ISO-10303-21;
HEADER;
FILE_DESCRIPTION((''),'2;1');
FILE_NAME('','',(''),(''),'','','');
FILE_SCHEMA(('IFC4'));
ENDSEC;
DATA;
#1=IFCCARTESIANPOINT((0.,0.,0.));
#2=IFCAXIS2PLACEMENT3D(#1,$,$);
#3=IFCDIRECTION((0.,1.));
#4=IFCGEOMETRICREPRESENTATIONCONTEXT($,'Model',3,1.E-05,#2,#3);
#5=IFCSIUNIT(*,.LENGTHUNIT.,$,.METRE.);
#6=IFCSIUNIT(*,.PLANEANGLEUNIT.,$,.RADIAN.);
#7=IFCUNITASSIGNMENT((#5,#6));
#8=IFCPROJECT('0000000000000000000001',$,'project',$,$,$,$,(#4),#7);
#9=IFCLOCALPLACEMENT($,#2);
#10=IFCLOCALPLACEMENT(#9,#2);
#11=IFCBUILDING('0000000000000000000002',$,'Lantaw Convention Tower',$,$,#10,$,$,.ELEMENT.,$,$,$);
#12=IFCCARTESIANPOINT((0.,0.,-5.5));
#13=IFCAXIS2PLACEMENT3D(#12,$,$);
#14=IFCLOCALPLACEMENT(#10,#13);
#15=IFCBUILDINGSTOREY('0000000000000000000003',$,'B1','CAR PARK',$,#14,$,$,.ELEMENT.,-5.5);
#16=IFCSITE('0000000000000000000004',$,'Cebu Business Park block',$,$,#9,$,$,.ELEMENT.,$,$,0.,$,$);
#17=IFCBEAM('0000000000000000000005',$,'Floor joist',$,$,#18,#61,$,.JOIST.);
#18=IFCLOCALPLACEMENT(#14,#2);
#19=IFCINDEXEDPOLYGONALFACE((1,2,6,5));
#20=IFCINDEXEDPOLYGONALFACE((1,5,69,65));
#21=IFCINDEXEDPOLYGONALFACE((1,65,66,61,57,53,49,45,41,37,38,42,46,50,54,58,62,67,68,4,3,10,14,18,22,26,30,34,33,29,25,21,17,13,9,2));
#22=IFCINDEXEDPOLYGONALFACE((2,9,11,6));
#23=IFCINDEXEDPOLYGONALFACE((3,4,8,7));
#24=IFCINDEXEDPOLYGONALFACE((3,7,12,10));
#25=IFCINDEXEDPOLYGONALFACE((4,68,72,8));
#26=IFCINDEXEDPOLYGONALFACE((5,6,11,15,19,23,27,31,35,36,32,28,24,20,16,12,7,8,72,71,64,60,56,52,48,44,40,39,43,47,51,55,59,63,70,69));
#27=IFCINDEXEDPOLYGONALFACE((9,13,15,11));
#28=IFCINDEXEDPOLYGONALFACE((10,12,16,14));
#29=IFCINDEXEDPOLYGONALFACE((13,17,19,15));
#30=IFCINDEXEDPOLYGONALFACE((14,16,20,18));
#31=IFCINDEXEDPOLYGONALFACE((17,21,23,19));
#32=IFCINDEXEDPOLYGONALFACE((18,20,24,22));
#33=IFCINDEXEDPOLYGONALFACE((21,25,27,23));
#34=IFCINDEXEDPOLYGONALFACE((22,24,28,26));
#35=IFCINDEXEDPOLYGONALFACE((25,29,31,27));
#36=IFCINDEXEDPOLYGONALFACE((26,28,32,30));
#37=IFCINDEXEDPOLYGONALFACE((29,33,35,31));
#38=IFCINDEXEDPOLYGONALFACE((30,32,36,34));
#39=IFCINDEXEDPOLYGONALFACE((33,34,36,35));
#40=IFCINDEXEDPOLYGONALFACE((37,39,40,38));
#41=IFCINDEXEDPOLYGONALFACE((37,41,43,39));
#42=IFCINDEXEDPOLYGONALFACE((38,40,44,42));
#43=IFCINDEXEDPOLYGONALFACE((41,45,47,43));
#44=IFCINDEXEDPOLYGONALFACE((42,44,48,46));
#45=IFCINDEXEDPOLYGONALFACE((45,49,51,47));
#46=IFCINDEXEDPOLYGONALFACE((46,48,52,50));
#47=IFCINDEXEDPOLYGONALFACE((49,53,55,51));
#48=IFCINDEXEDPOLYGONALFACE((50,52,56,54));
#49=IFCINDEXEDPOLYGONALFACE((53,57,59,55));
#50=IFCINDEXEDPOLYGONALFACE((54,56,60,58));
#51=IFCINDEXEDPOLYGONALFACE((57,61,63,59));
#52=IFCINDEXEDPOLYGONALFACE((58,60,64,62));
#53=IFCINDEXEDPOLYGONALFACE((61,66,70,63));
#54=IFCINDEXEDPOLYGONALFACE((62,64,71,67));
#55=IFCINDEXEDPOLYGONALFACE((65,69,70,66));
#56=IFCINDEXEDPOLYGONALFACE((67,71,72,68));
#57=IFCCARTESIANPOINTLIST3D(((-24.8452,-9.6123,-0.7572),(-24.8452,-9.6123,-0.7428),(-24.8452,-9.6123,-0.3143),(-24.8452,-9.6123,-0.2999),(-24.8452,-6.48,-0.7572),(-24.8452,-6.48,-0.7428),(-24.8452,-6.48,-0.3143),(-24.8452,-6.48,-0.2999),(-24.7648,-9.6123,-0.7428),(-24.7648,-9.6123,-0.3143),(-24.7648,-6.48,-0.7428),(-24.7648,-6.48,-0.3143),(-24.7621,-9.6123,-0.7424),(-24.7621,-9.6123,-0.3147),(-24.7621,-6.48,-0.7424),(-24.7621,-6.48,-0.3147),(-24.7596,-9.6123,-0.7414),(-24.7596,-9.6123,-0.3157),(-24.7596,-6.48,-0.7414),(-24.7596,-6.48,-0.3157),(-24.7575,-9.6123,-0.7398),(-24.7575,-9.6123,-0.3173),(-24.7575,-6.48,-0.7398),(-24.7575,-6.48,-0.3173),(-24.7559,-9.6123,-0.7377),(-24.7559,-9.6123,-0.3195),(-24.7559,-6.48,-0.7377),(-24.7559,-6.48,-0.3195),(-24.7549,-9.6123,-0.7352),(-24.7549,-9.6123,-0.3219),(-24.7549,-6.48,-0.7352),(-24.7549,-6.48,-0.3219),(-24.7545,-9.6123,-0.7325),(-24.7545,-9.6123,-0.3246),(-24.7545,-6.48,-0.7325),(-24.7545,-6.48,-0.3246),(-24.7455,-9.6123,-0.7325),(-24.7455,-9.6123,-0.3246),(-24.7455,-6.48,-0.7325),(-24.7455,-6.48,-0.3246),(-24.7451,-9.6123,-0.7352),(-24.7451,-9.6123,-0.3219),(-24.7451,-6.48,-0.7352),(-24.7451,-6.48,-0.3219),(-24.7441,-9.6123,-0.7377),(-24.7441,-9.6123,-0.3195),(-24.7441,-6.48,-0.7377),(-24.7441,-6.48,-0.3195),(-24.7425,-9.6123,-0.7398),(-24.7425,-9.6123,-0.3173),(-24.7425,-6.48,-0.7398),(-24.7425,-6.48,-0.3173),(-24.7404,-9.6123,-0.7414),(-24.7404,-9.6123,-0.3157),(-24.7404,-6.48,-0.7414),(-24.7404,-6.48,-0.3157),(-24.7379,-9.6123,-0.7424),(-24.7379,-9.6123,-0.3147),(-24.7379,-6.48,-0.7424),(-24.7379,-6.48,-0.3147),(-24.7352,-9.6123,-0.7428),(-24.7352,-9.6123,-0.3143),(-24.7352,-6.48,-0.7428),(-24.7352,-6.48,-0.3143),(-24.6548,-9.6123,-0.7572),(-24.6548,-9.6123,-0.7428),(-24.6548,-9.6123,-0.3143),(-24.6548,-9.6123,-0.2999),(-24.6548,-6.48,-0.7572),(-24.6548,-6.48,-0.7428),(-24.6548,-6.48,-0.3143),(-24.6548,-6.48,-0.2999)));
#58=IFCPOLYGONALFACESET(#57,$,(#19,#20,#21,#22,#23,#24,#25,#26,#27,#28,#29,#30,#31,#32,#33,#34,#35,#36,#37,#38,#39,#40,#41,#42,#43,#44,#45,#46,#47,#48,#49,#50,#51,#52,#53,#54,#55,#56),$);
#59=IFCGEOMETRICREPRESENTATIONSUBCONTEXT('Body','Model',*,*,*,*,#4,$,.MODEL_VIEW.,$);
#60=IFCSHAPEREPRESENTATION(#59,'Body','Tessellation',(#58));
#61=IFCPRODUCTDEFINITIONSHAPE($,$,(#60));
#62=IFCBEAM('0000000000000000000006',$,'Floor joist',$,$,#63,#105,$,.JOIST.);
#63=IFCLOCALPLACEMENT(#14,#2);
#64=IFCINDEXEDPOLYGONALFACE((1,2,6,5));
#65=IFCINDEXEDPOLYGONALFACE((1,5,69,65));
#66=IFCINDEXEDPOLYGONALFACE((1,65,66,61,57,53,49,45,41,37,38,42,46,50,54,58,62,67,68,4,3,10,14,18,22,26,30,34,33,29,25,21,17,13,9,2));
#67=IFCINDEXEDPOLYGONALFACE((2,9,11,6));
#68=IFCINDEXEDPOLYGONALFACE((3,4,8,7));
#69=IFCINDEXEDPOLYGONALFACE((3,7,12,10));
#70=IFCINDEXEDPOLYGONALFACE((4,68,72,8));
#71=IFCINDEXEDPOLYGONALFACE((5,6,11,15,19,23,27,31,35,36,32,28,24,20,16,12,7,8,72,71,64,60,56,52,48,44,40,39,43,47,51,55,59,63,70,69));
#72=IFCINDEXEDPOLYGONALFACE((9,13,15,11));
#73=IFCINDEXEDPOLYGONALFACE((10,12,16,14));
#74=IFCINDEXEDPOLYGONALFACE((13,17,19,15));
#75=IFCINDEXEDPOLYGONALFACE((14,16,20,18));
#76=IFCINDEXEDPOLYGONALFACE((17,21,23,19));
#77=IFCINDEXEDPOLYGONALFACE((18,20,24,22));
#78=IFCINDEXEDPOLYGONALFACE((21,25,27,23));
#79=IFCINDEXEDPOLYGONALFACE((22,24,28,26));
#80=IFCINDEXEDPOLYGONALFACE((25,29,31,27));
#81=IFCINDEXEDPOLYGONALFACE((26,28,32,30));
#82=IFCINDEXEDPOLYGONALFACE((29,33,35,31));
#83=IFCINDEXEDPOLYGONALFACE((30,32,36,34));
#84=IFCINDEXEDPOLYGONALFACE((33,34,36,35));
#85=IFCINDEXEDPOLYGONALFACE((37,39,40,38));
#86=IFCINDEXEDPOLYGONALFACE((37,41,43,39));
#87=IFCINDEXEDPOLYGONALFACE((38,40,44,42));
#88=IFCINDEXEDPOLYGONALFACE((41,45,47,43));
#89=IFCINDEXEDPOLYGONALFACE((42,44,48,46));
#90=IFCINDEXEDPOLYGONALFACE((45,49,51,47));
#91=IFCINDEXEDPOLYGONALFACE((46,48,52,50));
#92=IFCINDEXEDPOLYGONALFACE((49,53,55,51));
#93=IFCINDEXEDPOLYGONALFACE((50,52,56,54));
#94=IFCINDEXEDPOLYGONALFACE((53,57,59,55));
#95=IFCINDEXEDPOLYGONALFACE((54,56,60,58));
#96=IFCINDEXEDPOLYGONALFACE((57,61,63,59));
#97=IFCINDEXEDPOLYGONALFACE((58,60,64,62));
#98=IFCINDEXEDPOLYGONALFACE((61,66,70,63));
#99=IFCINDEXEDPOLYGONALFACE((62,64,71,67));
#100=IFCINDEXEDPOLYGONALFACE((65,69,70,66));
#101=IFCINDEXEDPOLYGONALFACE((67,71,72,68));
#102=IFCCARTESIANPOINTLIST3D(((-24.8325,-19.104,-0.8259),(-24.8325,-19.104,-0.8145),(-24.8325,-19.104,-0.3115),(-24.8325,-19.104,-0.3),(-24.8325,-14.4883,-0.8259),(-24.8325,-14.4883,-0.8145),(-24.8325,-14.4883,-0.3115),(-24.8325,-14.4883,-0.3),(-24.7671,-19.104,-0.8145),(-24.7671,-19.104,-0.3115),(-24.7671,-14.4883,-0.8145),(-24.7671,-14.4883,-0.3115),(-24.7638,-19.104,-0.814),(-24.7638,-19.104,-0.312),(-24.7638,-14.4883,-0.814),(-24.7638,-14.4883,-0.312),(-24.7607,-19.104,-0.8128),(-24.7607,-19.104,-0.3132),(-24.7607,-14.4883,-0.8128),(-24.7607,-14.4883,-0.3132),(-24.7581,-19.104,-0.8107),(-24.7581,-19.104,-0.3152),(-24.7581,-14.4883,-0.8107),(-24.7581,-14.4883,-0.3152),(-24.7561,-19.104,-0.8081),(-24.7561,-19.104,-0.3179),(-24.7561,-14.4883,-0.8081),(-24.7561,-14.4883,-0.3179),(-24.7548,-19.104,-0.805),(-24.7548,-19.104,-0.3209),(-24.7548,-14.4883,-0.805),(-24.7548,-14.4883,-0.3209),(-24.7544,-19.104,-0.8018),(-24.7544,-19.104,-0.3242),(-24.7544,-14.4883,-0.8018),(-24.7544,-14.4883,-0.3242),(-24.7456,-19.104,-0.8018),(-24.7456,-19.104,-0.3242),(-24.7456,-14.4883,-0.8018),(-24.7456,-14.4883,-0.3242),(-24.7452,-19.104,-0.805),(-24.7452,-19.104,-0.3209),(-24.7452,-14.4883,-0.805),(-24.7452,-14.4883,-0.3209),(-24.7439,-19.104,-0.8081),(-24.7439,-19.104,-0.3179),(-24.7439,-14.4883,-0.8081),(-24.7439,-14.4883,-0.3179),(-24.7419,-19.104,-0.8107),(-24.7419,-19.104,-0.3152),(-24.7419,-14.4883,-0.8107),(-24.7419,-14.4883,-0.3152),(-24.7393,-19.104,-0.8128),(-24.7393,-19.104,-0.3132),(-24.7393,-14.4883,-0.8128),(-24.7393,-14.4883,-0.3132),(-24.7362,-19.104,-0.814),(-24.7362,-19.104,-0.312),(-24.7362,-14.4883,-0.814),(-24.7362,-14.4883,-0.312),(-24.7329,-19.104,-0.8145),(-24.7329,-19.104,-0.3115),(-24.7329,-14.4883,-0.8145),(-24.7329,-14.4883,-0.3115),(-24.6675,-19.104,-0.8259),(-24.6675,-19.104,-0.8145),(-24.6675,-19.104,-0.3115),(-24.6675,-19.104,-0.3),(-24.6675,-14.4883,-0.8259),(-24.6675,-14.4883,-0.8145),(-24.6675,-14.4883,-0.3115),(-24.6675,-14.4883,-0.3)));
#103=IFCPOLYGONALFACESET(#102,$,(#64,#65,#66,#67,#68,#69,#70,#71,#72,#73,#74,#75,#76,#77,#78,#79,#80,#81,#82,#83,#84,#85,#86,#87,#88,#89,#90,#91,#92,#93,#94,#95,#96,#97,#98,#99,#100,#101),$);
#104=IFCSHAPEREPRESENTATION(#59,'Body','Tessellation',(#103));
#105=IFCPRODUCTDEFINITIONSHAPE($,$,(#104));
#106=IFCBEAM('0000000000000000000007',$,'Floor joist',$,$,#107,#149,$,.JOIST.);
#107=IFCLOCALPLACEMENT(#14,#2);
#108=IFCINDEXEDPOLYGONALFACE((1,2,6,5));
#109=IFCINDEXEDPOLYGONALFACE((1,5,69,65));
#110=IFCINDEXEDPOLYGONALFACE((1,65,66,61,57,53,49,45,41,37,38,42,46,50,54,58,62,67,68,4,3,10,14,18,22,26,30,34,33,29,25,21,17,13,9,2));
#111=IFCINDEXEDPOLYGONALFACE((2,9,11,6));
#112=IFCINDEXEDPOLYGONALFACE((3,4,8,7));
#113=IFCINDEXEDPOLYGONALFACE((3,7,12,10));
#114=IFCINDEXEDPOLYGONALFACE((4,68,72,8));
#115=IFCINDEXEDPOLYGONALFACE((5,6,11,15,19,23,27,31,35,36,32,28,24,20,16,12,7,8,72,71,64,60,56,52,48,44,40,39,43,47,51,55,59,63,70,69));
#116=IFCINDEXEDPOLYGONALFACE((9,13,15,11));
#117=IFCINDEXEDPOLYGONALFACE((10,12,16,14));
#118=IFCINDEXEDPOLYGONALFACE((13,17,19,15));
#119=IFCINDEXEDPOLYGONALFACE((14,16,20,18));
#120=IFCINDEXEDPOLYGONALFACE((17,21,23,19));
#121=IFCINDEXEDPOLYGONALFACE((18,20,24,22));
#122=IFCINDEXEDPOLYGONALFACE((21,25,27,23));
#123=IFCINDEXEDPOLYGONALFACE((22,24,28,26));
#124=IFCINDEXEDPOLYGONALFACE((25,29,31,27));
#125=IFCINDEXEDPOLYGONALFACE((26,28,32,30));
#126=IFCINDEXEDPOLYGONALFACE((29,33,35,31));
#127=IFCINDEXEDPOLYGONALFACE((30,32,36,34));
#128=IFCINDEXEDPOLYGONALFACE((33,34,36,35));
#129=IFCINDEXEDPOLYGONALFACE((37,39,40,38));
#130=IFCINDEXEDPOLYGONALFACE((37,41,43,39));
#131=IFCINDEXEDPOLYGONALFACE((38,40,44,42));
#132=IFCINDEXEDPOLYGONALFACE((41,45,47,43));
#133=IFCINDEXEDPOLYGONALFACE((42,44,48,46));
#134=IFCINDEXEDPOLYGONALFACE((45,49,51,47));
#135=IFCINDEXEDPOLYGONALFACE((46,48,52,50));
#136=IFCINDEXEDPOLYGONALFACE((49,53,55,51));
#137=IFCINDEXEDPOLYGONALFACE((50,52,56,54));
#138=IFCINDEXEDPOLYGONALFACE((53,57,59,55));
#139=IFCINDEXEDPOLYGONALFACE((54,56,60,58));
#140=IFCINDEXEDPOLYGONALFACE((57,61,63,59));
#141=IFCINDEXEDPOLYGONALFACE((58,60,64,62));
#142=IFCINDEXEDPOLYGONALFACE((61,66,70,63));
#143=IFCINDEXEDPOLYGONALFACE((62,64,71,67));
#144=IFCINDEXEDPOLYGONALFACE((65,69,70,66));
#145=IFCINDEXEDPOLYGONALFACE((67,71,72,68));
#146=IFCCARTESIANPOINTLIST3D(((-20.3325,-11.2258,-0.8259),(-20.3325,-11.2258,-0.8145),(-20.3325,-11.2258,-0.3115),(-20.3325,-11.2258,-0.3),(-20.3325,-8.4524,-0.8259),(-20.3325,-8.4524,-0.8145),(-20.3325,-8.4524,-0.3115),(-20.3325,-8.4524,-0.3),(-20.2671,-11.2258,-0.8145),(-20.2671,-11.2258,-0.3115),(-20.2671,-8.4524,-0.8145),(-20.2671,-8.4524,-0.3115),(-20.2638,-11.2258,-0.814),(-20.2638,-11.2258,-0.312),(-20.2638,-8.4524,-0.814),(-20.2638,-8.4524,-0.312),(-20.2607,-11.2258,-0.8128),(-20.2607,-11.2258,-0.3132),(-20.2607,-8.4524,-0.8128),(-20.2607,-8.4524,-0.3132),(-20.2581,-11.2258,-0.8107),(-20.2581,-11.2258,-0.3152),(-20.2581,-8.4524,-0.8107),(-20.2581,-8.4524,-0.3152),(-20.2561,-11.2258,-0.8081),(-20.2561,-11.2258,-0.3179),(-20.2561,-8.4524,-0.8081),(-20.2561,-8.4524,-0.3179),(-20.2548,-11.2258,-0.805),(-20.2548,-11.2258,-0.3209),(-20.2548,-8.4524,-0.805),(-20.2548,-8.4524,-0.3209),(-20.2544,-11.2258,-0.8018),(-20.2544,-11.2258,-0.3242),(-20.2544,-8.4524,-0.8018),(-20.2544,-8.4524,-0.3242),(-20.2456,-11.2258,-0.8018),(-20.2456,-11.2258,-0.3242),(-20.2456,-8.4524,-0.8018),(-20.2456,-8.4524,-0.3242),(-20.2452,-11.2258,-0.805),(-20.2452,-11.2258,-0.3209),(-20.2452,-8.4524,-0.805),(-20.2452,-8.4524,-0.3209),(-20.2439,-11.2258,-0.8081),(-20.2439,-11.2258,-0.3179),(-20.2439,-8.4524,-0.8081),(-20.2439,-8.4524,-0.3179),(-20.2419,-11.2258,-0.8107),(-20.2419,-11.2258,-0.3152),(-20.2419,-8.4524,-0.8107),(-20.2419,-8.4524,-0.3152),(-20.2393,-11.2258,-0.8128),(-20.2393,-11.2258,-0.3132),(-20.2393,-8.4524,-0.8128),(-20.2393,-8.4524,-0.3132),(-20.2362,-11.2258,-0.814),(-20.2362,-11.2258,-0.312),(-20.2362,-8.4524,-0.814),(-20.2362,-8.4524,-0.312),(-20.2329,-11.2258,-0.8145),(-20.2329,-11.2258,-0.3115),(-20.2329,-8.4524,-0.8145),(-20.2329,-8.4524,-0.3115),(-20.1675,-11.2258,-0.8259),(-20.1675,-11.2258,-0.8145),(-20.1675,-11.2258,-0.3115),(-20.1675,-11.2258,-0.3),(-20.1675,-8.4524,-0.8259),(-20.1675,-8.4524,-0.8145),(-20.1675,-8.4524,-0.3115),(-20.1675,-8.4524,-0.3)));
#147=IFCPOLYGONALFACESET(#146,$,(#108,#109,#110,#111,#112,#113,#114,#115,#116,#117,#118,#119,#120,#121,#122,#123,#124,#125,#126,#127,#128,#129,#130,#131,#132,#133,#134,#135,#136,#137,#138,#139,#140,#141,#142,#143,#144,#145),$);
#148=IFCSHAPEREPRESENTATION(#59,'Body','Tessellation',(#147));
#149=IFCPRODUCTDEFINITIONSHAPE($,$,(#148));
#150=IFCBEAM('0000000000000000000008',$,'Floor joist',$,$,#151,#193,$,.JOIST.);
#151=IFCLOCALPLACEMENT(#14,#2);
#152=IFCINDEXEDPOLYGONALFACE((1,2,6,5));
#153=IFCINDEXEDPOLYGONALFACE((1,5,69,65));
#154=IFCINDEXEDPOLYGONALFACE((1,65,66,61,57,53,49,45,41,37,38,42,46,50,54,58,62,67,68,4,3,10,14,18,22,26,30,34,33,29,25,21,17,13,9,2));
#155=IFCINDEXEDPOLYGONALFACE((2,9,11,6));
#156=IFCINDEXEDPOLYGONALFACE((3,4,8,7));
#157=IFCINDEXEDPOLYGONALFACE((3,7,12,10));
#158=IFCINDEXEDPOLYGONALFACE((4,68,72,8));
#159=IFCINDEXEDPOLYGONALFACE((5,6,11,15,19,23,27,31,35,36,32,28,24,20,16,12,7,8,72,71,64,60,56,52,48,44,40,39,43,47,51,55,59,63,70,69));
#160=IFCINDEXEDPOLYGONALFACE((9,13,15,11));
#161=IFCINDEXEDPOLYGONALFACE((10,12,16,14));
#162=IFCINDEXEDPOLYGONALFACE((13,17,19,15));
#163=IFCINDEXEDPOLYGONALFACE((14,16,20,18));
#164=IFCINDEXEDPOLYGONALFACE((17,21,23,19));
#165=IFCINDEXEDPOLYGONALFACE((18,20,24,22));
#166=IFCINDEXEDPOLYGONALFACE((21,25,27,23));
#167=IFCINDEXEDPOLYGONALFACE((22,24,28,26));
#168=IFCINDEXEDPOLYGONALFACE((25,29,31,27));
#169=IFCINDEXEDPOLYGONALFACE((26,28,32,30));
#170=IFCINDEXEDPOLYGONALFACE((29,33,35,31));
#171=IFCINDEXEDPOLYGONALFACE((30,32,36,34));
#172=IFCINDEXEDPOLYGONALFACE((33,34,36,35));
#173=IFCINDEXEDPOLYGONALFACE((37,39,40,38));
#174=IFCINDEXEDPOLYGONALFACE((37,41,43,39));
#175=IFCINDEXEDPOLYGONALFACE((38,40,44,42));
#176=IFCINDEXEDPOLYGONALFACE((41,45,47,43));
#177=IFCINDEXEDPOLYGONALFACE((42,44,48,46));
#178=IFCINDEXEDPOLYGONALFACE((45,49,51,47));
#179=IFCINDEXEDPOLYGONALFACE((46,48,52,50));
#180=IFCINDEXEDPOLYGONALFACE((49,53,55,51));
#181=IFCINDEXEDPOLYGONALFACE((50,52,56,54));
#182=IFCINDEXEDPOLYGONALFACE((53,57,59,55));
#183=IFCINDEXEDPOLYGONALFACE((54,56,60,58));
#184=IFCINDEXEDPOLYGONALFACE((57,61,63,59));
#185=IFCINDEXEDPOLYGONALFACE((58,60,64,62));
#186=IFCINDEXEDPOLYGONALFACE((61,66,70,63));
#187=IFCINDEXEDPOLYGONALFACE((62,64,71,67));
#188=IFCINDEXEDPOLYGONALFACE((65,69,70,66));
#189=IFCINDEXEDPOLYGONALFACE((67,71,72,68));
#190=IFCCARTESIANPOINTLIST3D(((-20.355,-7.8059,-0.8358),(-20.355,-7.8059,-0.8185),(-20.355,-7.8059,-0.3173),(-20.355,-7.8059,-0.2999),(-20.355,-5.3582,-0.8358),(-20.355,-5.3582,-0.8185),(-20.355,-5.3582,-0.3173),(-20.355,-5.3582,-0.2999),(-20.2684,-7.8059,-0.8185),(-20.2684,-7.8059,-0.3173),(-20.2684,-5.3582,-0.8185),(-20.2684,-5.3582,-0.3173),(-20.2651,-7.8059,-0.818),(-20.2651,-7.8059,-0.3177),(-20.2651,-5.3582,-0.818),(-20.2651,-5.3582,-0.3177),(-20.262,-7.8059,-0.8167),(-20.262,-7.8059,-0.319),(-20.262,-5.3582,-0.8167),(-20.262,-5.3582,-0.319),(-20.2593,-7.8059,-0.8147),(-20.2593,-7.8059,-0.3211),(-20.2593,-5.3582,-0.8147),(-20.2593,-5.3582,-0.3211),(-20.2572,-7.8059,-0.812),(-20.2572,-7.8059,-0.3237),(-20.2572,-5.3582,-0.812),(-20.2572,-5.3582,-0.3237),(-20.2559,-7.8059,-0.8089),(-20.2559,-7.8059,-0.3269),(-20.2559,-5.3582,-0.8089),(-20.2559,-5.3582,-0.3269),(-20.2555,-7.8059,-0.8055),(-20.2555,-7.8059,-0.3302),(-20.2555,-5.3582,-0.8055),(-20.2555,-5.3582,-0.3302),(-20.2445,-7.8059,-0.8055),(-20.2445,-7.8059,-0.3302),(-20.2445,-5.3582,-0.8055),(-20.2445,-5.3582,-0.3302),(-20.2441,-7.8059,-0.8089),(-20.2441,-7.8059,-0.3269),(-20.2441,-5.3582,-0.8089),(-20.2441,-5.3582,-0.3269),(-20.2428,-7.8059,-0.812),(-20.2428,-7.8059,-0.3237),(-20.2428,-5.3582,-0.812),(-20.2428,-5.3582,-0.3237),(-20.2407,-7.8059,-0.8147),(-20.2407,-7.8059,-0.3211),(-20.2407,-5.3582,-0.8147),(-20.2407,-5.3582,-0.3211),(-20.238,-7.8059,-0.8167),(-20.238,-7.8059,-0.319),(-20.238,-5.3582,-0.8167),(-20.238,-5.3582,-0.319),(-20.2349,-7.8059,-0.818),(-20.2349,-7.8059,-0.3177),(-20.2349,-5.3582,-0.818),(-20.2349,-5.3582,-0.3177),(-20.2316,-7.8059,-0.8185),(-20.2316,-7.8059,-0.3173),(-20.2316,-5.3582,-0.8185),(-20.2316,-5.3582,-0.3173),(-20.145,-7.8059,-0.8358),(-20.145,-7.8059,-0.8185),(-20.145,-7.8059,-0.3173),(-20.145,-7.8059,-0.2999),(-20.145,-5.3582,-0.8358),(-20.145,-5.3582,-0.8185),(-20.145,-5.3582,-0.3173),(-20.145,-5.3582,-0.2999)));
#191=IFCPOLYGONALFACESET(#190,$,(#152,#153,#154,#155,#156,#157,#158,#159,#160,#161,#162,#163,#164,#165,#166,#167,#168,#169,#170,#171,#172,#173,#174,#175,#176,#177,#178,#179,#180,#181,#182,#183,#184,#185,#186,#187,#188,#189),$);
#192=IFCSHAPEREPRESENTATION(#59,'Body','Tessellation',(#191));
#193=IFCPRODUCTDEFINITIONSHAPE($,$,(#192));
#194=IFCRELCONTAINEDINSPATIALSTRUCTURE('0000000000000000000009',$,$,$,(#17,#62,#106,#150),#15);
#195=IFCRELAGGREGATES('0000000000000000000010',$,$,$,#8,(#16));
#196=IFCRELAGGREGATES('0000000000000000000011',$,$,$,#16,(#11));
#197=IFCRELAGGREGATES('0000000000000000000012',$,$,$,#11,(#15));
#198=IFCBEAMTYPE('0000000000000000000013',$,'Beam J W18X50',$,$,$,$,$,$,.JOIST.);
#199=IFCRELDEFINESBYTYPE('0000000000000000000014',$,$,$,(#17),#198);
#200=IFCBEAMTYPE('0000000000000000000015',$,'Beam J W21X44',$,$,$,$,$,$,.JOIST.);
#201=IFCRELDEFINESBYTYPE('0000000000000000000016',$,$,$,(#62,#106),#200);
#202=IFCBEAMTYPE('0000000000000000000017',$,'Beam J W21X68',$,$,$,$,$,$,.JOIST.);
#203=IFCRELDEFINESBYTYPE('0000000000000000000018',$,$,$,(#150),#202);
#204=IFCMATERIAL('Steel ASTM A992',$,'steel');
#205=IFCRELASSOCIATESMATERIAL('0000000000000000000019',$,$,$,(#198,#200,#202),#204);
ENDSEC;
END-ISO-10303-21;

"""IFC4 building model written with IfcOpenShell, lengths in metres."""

from ifc_helpers import new_model, si_unit, direction, frame, origin, origin_2d, place, context, subcontext, project, spatial, i_section, extrude, material, material_profile, profile_set, type_object, element, save


model = new_model("IFC4")

# Units and contexts
model_context = context("Model", 3, precision=1e-05, world=origin(), true_north=direction((0.0, 1.0)))
body_context = subcontext(model_context, "Body", "Model", "MODEL_VIEW")
ifc_project = project(units=[si_unit("LENGTHUNIT", "METRE"), si_unit("PLANEANGLEUNIT", "RADIAN")], contexts=[model_context])

# Site, building, storey
site_placement = place(None, origin())
site = spatial("IfcSite", under=ifc_project, at=site_placement, Name="Cebu Business Park block", CompositionType="ELEMENT", RefElevation=0.0)
building_placement = place(site_placement, origin())
building = spatial("IfcBuilding", under=site, at=building_placement, Name="Lantaw Convention Tower", CompositionType="ELEMENT")
storey_placement = place(building_placement, frame((0.0, 0.0, -5.5)))
storey = spatial("IfcBuildingStorey", under=building, at=storey_placement, Name="B1", Description="CAR PARK", CompositionType="ELEMENT", Elevation=-5.5)

# Beams
ifc_material_1 = material(Name="Steel ASTM A992", Category="steel")
ifc_material_profile_1 = material_profile(ifc_material_1, i_section(OverallWidth=0.1904, OverallDepth=0.4573, WebThickness=0.009, FlangeThickness=0.0144, FilletRadius=0.0103, at=origin_2d()), Name="W18X50")
ifc_profile_set_1 = profile_set([ifc_material_profile_1], Name="Steel ASTM A992")
beam_type_1 = type_object("IfcBeamType", Name="Beam J W18X50", PredefinedType="JOIST", material=ifc_profile_set_1)
beam_1_placement = place(storey_placement, frame((-24.75, -9.6123, -0.5286), z_axis=(0.0, 1.0, 0.0), x_axis=(-1.0, 0.0, 0.0)))
element("IfcBeam", 1, at=beam_1_placement, inside=storey, type_object=beam_type_1, Name="Floor joist", PredefinedType="JOIST", context=body_context, shape_type="SweptSolid", body=[
    extrude(i_section(OverallWidth=0.1904, OverallDepth=0.4573, WebThickness=0.009, FlangeThickness=0.0144, FilletRadius=0.0103, at=origin_2d()), origin(), (0.0, 0.0, 1.0), 3.1323),
])
ifc_material_profile_2 = material_profile(ifc_material_1, i_section(OverallWidth=0.165, OverallDepth=0.5259, WebThickness=0.0088, FlangeThickness=0.0115, FilletRadius=0.0127, at=origin_2d()), Name="W21X44")
ifc_profile_set_2 = profile_set([ifc_material_profile_2], Name="Steel ASTM A992")
beam_type_2 = type_object("IfcBeamType", Name="Beam J W21X44", PredefinedType="JOIST", material=ifc_profile_set_2)
beam_2_placement = place(storey_placement, frame((-24.75, -19.104, -0.563), z_axis=(0.0, 1.0, 0.0), x_axis=(-1.0, 0.0, 0.0)))
element("IfcBeam", 2, at=beam_2_placement, inside=storey, type_object=beam_type_2, Name="Floor joist", PredefinedType="JOIST", context=body_context, shape_type="SweptSolid", body=[
    extrude(i_section(OverallWidth=0.165, OverallDepth=0.5259, WebThickness=0.0088, FlangeThickness=0.0115, FilletRadius=0.0127, at=origin_2d()), origin(), (0.0, 0.0, 1.0), 4.6157),
])
beam_3_placement = place(storey_placement, frame((-20.25, -11.2258, -0.563), z_axis=(0.0, 1.0, 0.0), x_axis=(-1.0, 0.0, 0.0)))
element("IfcBeam", 3, at=beam_3_placement, inside=storey, type_object=beam_type_2, Name="Floor joist", PredefinedType="JOIST", context=body_context, shape_type="SweptSolid", body=[
    extrude(i_section(OverallWidth=0.165, OverallDepth=0.5259, WebThickness=0.0088, FlangeThickness=0.0115, FilletRadius=0.0127, at=origin_2d()), origin(), (0.0, 0.0, 1.0), 2.7734),
])
ifc_material_profile_3 = material_profile(ifc_material_1, i_section(OverallWidth=0.21, OverallDepth=0.5359, WebThickness=0.011, FlangeThickness=0.0173, FilletRadius=0.0129, at=origin_2d()), Name="W21X68")
ifc_profile_set_3 = profile_set([ifc_material_profile_3], Name="Steel ASTM A992")
beam_type_3 = type_object("IfcBeamType", Name="Beam J W21X68", PredefinedType="JOIST", material=ifc_profile_set_3)
beam_4_placement = place(storey_placement, frame((-20.25, -7.8059, -0.5679), z_axis=(0.0, 1.0, 0.0), x_axis=(-1.0, 0.0, 0.0)))
element("IfcBeam", 4, at=beam_4_placement, inside=storey, type_object=beam_type_3, Name="Floor joist", PredefinedType="JOIST", context=body_context, shape_type="SweptSolid", body=[
    extrude(i_section(OverallWidth=0.21, OverallDepth=0.5359, WebThickness=0.011, FlangeThickness=0.0173, FilletRadius=0.0129, at=origin_2d()), origin(), (0.0, 0.0, 1.0), 2.4478),
])

save(model, "model.ifc")
